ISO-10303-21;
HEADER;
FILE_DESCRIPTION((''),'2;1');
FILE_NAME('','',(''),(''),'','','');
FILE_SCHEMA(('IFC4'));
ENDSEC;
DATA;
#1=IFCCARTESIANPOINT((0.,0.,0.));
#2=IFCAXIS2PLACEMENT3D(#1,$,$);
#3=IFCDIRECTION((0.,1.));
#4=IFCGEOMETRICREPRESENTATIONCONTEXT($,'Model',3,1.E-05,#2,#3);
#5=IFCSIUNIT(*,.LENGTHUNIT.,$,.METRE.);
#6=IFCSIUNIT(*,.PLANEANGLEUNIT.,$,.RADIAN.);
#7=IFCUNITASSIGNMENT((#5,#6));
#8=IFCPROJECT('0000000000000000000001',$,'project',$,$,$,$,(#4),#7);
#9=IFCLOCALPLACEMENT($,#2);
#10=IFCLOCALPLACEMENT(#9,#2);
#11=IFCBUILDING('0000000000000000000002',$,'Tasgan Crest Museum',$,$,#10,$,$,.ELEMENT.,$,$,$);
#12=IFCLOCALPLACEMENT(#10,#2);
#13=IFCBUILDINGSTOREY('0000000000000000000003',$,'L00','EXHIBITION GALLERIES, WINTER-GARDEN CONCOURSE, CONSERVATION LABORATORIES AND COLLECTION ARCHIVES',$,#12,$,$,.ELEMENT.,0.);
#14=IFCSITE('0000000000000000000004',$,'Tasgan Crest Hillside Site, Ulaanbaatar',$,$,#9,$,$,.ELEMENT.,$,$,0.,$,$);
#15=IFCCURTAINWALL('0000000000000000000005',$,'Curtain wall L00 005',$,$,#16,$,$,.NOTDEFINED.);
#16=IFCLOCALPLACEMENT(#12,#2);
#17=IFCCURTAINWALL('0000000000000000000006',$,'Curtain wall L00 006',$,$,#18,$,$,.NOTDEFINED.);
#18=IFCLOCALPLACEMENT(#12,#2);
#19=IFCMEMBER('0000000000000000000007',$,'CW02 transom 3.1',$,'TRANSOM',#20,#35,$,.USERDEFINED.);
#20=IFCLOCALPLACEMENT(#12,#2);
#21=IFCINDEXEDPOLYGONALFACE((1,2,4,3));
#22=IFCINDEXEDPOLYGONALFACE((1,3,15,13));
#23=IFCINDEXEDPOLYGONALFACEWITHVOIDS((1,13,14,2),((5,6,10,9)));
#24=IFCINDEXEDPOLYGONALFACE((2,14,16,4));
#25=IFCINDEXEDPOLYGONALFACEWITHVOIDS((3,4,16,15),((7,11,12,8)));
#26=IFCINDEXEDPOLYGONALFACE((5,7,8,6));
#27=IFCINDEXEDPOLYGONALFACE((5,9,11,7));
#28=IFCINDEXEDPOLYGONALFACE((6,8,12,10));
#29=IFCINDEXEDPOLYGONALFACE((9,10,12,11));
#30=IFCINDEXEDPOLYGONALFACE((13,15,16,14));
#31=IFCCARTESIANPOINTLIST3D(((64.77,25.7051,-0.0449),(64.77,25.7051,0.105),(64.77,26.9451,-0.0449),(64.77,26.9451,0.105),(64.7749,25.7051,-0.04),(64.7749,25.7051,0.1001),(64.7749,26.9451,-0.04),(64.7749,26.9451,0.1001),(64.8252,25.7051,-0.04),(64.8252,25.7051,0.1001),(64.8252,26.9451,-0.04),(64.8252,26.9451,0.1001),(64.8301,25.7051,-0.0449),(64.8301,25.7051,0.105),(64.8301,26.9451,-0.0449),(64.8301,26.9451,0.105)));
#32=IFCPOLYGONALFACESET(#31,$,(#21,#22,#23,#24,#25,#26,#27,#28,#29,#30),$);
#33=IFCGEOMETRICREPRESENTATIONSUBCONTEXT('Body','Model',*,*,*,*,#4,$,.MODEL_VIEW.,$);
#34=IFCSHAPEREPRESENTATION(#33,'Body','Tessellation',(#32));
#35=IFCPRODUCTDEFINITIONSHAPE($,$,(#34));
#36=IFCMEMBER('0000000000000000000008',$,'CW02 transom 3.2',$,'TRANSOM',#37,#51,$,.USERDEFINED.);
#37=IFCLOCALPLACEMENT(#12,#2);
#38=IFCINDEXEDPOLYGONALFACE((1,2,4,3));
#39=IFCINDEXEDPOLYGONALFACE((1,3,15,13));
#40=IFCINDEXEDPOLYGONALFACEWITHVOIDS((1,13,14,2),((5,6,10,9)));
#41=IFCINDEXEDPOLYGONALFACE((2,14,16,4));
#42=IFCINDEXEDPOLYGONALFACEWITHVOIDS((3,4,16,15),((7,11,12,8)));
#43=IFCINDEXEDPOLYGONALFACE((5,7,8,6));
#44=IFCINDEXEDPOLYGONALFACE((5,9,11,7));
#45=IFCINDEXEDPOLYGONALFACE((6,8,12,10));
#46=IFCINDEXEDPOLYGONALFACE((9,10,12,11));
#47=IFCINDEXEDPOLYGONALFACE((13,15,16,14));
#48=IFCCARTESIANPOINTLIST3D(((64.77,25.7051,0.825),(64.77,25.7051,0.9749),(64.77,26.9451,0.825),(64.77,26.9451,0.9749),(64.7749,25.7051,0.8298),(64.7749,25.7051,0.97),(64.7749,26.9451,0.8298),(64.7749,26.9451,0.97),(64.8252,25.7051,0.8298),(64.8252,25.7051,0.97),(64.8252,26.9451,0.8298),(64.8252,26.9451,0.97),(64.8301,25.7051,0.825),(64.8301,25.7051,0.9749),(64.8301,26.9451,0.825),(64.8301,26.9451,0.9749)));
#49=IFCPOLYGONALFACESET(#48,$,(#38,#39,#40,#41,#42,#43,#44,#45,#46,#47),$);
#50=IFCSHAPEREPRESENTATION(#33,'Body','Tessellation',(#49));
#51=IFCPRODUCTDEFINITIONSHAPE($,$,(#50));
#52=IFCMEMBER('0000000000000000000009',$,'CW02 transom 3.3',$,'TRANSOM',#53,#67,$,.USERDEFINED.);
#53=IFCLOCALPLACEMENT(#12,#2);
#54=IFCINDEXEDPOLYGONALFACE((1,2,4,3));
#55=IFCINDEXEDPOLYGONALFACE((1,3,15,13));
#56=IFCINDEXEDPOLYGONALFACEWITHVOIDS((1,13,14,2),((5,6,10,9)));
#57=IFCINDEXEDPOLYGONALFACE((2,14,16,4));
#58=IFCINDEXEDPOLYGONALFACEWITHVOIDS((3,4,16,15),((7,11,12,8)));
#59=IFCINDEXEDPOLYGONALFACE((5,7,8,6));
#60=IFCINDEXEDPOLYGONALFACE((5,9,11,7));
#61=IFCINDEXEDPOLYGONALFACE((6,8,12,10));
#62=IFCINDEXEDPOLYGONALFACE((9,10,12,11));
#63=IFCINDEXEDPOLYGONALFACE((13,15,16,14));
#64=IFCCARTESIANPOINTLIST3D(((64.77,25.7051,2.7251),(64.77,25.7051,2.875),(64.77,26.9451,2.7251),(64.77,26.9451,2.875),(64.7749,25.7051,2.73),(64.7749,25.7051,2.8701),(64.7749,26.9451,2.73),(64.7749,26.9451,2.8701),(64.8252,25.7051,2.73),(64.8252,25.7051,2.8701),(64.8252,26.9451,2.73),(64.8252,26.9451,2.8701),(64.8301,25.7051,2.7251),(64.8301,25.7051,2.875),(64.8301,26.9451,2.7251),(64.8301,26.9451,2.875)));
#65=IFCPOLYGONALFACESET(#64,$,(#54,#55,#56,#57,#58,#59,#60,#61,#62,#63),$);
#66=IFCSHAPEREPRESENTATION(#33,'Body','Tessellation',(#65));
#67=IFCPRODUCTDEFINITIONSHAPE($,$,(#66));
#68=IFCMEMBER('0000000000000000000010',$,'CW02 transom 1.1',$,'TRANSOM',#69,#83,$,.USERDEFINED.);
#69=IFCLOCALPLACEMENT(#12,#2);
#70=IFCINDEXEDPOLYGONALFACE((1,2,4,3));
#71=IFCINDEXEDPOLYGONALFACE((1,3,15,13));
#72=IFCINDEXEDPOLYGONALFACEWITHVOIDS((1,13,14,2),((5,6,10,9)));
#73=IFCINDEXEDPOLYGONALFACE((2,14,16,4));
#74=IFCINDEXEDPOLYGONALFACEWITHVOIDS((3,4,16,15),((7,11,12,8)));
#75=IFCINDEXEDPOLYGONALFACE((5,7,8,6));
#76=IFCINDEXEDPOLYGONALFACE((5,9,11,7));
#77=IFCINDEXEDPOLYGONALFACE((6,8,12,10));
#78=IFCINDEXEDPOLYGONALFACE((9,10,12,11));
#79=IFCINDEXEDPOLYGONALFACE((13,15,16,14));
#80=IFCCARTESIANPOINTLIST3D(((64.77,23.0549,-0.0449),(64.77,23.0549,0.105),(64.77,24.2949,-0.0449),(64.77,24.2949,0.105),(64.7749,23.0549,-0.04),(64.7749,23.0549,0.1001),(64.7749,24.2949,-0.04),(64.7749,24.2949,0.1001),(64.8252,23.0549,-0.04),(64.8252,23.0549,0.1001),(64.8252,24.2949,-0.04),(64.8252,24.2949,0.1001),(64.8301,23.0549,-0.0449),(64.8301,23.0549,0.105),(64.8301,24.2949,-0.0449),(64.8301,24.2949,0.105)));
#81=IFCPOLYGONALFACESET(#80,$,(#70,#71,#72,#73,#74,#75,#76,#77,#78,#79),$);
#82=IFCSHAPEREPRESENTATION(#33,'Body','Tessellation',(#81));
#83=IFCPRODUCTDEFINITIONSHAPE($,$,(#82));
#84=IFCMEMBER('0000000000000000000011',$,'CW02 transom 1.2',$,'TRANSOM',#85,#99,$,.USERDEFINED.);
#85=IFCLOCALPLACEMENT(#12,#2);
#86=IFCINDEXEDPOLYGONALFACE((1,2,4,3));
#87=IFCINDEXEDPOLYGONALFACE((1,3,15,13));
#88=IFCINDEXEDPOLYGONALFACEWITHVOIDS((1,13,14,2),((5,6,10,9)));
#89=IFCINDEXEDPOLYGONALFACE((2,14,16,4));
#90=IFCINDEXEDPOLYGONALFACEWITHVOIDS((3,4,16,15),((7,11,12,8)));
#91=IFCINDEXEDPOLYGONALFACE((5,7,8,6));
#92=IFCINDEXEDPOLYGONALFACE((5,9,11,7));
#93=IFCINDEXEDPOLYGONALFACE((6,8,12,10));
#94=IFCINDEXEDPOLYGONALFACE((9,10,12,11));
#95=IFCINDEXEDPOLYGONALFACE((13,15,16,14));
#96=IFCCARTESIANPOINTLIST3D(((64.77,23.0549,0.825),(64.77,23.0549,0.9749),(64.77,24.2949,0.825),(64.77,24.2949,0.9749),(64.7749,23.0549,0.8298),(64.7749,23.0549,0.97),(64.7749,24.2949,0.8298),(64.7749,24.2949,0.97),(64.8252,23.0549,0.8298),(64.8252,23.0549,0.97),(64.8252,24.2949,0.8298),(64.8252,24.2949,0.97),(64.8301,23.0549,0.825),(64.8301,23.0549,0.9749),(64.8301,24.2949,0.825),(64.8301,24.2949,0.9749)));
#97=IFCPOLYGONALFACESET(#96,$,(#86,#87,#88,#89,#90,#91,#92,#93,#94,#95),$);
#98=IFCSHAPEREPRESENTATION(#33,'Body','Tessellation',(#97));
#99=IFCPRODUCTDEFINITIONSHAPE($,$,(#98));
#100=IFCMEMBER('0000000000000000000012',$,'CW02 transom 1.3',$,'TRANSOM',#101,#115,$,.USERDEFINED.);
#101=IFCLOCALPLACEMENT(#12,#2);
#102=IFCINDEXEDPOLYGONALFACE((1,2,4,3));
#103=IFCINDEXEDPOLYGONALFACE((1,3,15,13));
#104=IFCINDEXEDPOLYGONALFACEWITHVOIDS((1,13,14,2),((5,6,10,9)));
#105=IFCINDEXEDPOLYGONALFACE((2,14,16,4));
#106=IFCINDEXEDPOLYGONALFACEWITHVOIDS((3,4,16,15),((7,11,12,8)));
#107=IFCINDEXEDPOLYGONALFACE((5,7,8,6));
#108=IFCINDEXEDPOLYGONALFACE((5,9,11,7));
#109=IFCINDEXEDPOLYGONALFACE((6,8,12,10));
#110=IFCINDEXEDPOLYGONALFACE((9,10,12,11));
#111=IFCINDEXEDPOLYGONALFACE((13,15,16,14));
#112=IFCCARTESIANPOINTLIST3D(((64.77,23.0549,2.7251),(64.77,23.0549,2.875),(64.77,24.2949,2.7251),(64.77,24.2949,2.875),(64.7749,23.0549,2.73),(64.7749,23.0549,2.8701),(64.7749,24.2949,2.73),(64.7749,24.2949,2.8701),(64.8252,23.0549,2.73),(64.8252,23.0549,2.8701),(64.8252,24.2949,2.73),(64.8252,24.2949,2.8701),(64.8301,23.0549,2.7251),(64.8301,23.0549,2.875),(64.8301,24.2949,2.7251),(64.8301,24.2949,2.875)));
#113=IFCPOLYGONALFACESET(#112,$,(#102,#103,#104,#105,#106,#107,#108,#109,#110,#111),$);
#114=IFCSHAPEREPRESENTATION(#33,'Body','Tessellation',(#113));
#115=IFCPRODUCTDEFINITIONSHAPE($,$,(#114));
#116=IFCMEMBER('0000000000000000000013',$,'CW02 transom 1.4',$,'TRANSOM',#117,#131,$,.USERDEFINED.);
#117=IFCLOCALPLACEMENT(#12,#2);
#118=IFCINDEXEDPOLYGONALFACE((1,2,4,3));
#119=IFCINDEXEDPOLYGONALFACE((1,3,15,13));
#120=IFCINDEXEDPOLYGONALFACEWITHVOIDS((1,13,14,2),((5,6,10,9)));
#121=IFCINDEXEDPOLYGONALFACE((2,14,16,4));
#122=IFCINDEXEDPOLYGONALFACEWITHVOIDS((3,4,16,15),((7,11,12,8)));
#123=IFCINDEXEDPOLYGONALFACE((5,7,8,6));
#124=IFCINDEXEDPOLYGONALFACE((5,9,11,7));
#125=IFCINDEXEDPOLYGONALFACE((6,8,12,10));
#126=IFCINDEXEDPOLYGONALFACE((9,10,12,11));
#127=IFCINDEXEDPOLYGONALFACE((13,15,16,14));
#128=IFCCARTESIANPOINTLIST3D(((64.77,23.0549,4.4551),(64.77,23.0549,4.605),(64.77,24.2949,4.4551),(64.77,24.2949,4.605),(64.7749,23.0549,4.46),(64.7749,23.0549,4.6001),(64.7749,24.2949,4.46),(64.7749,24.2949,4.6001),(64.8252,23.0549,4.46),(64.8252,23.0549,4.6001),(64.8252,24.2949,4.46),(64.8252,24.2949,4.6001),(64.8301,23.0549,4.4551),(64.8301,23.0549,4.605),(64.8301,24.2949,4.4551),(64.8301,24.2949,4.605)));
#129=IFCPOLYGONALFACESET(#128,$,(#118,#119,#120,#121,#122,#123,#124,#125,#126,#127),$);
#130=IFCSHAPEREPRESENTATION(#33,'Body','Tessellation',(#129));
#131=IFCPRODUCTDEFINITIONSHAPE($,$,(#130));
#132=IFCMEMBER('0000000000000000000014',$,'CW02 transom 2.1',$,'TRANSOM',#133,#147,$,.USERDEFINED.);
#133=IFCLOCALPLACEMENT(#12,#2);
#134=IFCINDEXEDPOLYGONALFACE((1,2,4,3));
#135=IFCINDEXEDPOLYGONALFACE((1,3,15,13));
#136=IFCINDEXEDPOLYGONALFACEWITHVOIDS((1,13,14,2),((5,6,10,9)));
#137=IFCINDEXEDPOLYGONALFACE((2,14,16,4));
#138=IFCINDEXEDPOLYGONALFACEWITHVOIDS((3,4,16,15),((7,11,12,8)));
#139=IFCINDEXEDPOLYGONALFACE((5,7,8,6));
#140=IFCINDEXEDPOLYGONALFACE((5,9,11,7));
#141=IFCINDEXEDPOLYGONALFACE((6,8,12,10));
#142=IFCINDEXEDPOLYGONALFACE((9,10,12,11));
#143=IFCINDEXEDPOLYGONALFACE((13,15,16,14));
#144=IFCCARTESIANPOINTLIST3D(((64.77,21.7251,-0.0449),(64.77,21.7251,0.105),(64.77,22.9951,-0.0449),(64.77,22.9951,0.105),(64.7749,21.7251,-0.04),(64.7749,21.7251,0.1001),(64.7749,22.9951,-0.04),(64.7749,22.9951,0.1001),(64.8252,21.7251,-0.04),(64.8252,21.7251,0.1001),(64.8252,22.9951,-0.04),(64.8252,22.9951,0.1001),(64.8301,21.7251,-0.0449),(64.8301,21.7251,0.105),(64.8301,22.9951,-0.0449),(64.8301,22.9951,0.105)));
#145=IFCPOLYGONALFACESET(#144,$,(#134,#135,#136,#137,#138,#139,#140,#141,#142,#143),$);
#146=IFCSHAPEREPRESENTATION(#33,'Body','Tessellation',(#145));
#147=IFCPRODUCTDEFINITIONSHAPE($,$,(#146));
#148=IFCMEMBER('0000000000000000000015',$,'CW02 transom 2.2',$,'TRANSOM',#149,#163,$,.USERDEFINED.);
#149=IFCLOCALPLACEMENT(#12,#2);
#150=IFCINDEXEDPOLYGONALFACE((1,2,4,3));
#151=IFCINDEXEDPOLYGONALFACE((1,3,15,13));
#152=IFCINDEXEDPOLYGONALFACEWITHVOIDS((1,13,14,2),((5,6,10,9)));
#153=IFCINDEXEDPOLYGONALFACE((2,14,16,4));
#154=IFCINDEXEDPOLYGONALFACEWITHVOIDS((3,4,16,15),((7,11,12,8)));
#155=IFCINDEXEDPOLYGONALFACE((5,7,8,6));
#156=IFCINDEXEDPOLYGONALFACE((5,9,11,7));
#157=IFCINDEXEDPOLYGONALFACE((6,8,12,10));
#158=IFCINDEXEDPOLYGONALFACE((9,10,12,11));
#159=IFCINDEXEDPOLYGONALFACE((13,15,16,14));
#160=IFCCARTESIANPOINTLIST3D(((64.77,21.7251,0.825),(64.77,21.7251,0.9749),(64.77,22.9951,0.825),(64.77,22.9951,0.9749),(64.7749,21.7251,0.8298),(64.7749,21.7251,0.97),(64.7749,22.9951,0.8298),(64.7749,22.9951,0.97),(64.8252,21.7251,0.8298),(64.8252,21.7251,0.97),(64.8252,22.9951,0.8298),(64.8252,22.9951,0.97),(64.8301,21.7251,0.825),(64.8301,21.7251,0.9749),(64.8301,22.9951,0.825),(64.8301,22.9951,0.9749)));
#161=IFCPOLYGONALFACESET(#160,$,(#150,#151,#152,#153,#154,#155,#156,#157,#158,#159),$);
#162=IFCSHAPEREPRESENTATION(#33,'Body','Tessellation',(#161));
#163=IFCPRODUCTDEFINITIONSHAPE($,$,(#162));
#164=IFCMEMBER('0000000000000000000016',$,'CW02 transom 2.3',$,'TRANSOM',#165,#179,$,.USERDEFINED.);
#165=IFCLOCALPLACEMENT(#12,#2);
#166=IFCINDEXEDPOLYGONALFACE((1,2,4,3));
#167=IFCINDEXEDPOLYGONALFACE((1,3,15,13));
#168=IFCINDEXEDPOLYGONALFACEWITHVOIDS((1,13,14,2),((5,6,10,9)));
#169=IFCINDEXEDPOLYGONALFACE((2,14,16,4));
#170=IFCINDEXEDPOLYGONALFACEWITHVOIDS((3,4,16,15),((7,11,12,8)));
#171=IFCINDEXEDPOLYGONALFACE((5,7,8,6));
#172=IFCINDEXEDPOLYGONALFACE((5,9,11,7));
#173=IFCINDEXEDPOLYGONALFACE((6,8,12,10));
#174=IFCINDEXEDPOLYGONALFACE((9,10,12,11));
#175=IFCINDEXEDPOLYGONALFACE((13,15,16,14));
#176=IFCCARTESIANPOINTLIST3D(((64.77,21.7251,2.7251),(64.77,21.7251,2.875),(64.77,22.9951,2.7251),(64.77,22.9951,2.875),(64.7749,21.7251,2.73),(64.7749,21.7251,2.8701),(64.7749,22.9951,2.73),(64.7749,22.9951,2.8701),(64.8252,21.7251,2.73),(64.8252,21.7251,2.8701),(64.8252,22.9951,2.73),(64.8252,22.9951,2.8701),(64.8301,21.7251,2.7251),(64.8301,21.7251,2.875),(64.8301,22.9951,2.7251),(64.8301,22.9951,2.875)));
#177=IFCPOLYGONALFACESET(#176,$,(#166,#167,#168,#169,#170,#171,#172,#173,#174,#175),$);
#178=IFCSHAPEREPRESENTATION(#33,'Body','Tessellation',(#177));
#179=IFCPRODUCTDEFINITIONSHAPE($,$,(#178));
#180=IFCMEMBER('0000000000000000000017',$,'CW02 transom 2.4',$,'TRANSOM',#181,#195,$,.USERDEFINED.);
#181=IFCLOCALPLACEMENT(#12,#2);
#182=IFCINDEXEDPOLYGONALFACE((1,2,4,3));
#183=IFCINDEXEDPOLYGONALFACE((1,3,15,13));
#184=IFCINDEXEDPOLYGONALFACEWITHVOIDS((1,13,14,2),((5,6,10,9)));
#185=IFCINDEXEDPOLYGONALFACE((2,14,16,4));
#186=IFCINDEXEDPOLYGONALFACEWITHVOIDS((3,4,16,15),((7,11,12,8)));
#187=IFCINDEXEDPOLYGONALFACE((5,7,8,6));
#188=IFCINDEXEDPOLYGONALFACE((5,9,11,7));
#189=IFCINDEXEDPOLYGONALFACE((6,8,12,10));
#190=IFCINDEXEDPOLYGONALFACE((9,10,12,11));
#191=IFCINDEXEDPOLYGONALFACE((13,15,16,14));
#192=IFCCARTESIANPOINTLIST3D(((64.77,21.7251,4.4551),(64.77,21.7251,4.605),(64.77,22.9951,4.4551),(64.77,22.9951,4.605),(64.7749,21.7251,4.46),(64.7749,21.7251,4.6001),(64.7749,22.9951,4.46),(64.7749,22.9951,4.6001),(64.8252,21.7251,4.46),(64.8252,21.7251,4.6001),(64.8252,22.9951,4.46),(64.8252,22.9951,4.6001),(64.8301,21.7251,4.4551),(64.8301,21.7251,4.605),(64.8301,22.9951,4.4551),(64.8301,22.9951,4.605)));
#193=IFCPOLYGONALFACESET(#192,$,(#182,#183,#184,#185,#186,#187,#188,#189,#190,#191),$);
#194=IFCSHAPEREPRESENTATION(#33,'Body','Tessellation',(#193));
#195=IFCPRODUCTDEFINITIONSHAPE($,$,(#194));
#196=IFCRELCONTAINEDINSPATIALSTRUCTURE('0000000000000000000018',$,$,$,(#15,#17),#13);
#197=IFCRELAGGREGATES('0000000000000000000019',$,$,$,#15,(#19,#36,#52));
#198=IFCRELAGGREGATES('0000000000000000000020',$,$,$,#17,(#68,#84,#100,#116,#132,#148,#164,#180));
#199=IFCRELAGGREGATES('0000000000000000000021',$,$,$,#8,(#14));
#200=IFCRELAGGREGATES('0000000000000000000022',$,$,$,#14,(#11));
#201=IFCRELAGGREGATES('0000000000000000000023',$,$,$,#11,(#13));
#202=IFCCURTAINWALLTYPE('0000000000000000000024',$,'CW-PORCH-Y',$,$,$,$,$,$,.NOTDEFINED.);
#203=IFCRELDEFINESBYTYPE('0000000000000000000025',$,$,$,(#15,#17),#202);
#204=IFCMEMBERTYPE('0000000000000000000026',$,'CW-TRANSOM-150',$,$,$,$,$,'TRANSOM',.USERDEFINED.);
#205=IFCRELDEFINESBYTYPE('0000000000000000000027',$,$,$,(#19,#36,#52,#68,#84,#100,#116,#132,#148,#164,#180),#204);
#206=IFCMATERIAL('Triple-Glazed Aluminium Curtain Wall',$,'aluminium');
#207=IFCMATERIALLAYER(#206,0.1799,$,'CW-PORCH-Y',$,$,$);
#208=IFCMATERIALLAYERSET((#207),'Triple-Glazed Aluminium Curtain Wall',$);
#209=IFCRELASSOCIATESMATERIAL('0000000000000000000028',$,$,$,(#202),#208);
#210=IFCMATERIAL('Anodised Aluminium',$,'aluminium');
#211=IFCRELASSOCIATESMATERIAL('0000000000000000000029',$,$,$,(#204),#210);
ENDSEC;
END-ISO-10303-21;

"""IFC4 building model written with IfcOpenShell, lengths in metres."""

from ifc_helpers import new_model, si_unit, direction, frame, origin, origin_2d, place, context, subcontext, project, spatial, hollow_rectangle, extrude, material, layer, layer_set, material_profile, profile_set, type_object, element, aggregate, save


model = new_model("IFC4")

# Units and contexts
model_context = context("Model", 3, precision=1e-05, world=origin(), true_north=direction((0.0, 1.0)))
body_context = subcontext(model_context, "Body", "Model", "MODEL_VIEW")
ifc_project = project(units=[si_unit("LENGTHUNIT", "METRE"), si_unit("PLANEANGLEUNIT", "RADIAN")], contexts=[model_context])

# Site, building, storey
site_placement = place(None, origin())
site = spatial("IfcSite", under=ifc_project, at=site_placement, Name="Tasgan Crest Hillside Site, Ulaanbaatar", CompositionType="ELEMENT", RefElevation=0.0)
building_placement = place(site_placement, origin())
building = spatial("IfcBuilding", under=site, at=building_placement, Name="Tasgan Crest Museum", CompositionType="ELEMENT")
storey_placement = place(building_placement, origin())
storey = spatial("IfcBuildingStorey", under=building, at=storey_placement, Name="L00", Description="EXHIBITION GALLERIES, WINTER-GARDEN CONCOURSE, CONSERVATION LABORATORIES AND COLLECTION ARCHIVES", CompositionType="ELEMENT", Elevation=0.0)

# Curtain wall
ifc_material_1 = material(Name="Triple-Glazed Aluminium Curtain Wall", Category="aluminium")
ifc_layer_1 = layer(ifc_material_1, 0.1799, Name="CW-PORCH-Y")
ifc_layer_set_1 = layer_set([ifc_layer_1], Name="Triple-Glazed Aluminium Curtain Wall")
curtain_wall_type = type_object("IfcCurtainWallType", Name="CW-PORCH-Y", PredefinedType="NOTDEFINED", material=ifc_layer_set_1)
curtain_wall_1_placement = place(storey_placement, origin())
curtain_wall_1 = element("IfcCurtainWall", 1, at=curtain_wall_1_placement, inside=storey, type_object=curtain_wall_type, Name="Curtain wall L00 005", PredefinedType="NOTDEFINED")

# Curtain wall
curtain_wall_2_placement = place(storey_placement, origin())
curtain_wall_2 = element("IfcCurtainWall", 2, at=curtain_wall_2_placement, inside=storey, type_object=curtain_wall_type, Name="Curtain wall L00 006", PredefinedType="NOTDEFINED")

# Members
ifc_material_2 = material(Name="Anodised Aluminium", Category="aluminium")
ifc_material_profile_1 = material_profile(ifc_material_2, hollow_rectangle(XDim=0.0601, YDim=0.1499, WallThickness=0.0049, at=origin_2d()), Name="ALU TRANSOM 150x60x5")
ifc_profile_set_1 = profile_set([ifc_material_profile_1], Name="Anodised Aluminium")
member_type_1 = type_object("IfcMemberType", Name="CW-TRANSOM-150", ElementType="TRANSOM", PredefinedType="USERDEFINED", material=ifc_profile_set_1)
member_1_placement = place(storey_placement, frame((64.8, 26.9451, 0.03), z_axis=(0.0, -1.0, 0.0), x_axis=(1.0, 0.0, 0.0)))
member_1 = element("IfcMember", 3, at=member_1_placement, type_object=member_type_1, Name="CW02 transom 3.1", ObjectType="TRANSOM", PredefinedType="USERDEFINED", context=body_context, shape_type="SweptSolid", body=[
    extrude(hollow_rectangle(XDim=0.0601, YDim=0.1499, WallThickness=0.0049, at=origin_2d()), origin(), (0.0, 0.0, 1.0), 1.24),
])
member_2_placement = place(storey_placement, frame((64.8, 26.9451, 0.8999), z_axis=(0.0, -1.0, 0.0), x_axis=(1.0, 0.0, 0.0)))
member_2 = element("IfcMember", 4, at=member_2_placement, type_object=member_type_1, Name="CW02 transom 3.2", ObjectType="TRANSOM", PredefinedType="USERDEFINED", context=body_context, shape_type="SweptSolid", body=[
    extrude(hollow_rectangle(XDim=0.0601, YDim=0.1499, WallThickness=0.0049, at=origin_2d()), origin(), (0.0, 0.0, 1.0), 1.24),
])
member_3_placement = place(storey_placement, frame((64.8, 26.9451, 2.8), z_axis=(0.0, -1.0, 0.0), x_axis=(1.0, 0.0, 0.0)))
member_3 = element("IfcMember", 5, at=member_3_placement, type_object=member_type_1, Name="CW02 transom 3.3", ObjectType="TRANSOM", PredefinedType="USERDEFINED", context=body_context, shape_type="SweptSolid", body=[
    extrude(hollow_rectangle(XDim=0.0601, YDim=0.1499, WallThickness=0.0049, at=origin_2d()), origin(), (0.0, 0.0, 1.0), 1.24),
])
member_4_placement = place(storey_placement, frame((64.8, 24.2949, 0.03), z_axis=(0.0, -1.0, 0.0), x_axis=(1.0, 0.0, 0.0)))
member_4 = element("IfcMember", 6, at=member_4_placement, type_object=member_type_1, Name="CW02 transom 1.1", ObjectType="TRANSOM", PredefinedType="USERDEFINED", context=body_context, shape_type="SweptSolid", body=[
    extrude(hollow_rectangle(XDim=0.0601, YDim=0.1499, WallThickness=0.0049, at=origin_2d()), origin(), (0.0, 0.0, 1.0), 1.24),
])
member_5_placement = place(storey_placement, frame((64.8, 24.2949, 0.8999), z_axis=(0.0, -1.0, 0.0), x_axis=(1.0, 0.0, 0.0)))
member_5 = element("IfcMember", 7, at=member_5_placement, type_object=member_type_1, Name="CW02 transom 1.2", ObjectType="TRANSOM", PredefinedType="USERDEFINED", context=body_context, shape_type="SweptSolid", body=[
    extrude(hollow_rectangle(XDim=0.0601, YDim=0.1499, WallThickness=0.0049, at=origin_2d()), origin(), (0.0, 0.0, 1.0), 1.24),
])
member_6_placement = place(storey_placement, frame((64.8, 24.2949, 2.8), z_axis=(0.0, -1.0, 0.0), x_axis=(1.0, 0.0, 0.0)))
member_6 = element("IfcMember", 8, at=member_6_placement, type_object=member_type_1, Name="CW02 transom 1.3", ObjectType="TRANSOM", PredefinedType="USERDEFINED", context=body_context, shape_type="SweptSolid", body=[
    extrude(hollow_rectangle(XDim=0.0601, YDim=0.1499, WallThickness=0.0049, at=origin_2d()), origin(), (0.0, 0.0, 1.0), 1.24),
])
member_7_placement = place(storey_placement, frame((64.8, 24.2949, 4.53), z_axis=(0.0, -1.0, 0.0), x_axis=(1.0, 0.0, 0.0)))
member_7 = element("IfcMember", 9, at=member_7_placement, type_object=member_type_1, Name="CW02 transom 1.4", ObjectType="TRANSOM", PredefinedType="USERDEFINED", context=body_context, shape_type="SweptSolid", body=[
    extrude(hollow_rectangle(XDim=0.0601, YDim=0.1499, WallThickness=0.0049, at=origin_2d()), origin(), (0.0, 0.0, 1.0), 1.24),
])
member_8_placement = place(storey_placement, frame((64.8, 22.9951, 0.03), z_axis=(0.0, -1.0, 0.0), x_axis=(1.0, 0.0, 0.0)))
member_8 = element("IfcMember", 10, at=member_8_placement, type_object=member_type_1, Name="CW02 transom 2.1", ObjectType="TRANSOM", PredefinedType="USERDEFINED", context=body_context, shape_type="SweptSolid", body=[
    extrude(hollow_rectangle(XDim=0.0601, YDim=0.1499, WallThickness=0.0049, at=origin_2d()), origin(), (0.0, 0.0, 1.0), 1.27),
])
member_9_placement = place(storey_placement, frame((64.8, 22.9951, 0.8999), z_axis=(0.0, -1.0, 0.0), x_axis=(1.0, 0.0, 0.0)))
member_9 = element("IfcMember", 11, at=member_9_placement, type_object=member_type_1, Name="CW02 transom 2.2", ObjectType="TRANSOM", PredefinedType="USERDEFINED", context=body_context, shape_type="SweptSolid", body=[
    extrude(hollow_rectangle(XDim=0.0601, YDim=0.1499, WallThickness=0.0049, at=origin_2d()), origin(), (0.0, 0.0, 1.0), 1.27),
])
member_10_placement = place(storey_placement, frame((64.8, 22.9951, 2.8), z_axis=(0.0, -1.0, 0.0), x_axis=(1.0, 0.0, 0.0)))
member_10 = element("IfcMember", 12, at=member_10_placement, type_object=member_type_1, Name="CW02 transom 2.3", ObjectType="TRANSOM", PredefinedType="USERDEFINED", context=body_context, shape_type="SweptSolid", body=[
    extrude(hollow_rectangle(XDim=0.0601, YDim=0.1499, WallThickness=0.0049, at=origin_2d()), origin(), (0.0, 0.0, 1.0), 1.27),
])
member_11_placement = place(storey_placement, frame((64.8, 22.9951, 4.53), z_axis=(0.0, -1.0, 0.0), x_axis=(1.0, 0.0, 0.0)))
member_11 = element("IfcMember", 13, at=member_11_placement, type_object=member_type_1, Name="CW02 transom 2.4", ObjectType="TRANSOM", PredefinedType="USERDEFINED", context=body_context, shape_type="SweptSolid", body=[
    extrude(hollow_rectangle(XDim=0.0601, YDim=0.1499, WallThickness=0.0049, at=origin_2d()), origin(), (0.0, 0.0, 1.0), 1.27),
])

aggregate(curtain_wall_1, [member_1, member_2, member_3])
aggregate(curtain_wall_2, [member_4, member_5, member_6, member_7, member_8, member_9, member_10, member_11])

save(model, "model.ifc")
